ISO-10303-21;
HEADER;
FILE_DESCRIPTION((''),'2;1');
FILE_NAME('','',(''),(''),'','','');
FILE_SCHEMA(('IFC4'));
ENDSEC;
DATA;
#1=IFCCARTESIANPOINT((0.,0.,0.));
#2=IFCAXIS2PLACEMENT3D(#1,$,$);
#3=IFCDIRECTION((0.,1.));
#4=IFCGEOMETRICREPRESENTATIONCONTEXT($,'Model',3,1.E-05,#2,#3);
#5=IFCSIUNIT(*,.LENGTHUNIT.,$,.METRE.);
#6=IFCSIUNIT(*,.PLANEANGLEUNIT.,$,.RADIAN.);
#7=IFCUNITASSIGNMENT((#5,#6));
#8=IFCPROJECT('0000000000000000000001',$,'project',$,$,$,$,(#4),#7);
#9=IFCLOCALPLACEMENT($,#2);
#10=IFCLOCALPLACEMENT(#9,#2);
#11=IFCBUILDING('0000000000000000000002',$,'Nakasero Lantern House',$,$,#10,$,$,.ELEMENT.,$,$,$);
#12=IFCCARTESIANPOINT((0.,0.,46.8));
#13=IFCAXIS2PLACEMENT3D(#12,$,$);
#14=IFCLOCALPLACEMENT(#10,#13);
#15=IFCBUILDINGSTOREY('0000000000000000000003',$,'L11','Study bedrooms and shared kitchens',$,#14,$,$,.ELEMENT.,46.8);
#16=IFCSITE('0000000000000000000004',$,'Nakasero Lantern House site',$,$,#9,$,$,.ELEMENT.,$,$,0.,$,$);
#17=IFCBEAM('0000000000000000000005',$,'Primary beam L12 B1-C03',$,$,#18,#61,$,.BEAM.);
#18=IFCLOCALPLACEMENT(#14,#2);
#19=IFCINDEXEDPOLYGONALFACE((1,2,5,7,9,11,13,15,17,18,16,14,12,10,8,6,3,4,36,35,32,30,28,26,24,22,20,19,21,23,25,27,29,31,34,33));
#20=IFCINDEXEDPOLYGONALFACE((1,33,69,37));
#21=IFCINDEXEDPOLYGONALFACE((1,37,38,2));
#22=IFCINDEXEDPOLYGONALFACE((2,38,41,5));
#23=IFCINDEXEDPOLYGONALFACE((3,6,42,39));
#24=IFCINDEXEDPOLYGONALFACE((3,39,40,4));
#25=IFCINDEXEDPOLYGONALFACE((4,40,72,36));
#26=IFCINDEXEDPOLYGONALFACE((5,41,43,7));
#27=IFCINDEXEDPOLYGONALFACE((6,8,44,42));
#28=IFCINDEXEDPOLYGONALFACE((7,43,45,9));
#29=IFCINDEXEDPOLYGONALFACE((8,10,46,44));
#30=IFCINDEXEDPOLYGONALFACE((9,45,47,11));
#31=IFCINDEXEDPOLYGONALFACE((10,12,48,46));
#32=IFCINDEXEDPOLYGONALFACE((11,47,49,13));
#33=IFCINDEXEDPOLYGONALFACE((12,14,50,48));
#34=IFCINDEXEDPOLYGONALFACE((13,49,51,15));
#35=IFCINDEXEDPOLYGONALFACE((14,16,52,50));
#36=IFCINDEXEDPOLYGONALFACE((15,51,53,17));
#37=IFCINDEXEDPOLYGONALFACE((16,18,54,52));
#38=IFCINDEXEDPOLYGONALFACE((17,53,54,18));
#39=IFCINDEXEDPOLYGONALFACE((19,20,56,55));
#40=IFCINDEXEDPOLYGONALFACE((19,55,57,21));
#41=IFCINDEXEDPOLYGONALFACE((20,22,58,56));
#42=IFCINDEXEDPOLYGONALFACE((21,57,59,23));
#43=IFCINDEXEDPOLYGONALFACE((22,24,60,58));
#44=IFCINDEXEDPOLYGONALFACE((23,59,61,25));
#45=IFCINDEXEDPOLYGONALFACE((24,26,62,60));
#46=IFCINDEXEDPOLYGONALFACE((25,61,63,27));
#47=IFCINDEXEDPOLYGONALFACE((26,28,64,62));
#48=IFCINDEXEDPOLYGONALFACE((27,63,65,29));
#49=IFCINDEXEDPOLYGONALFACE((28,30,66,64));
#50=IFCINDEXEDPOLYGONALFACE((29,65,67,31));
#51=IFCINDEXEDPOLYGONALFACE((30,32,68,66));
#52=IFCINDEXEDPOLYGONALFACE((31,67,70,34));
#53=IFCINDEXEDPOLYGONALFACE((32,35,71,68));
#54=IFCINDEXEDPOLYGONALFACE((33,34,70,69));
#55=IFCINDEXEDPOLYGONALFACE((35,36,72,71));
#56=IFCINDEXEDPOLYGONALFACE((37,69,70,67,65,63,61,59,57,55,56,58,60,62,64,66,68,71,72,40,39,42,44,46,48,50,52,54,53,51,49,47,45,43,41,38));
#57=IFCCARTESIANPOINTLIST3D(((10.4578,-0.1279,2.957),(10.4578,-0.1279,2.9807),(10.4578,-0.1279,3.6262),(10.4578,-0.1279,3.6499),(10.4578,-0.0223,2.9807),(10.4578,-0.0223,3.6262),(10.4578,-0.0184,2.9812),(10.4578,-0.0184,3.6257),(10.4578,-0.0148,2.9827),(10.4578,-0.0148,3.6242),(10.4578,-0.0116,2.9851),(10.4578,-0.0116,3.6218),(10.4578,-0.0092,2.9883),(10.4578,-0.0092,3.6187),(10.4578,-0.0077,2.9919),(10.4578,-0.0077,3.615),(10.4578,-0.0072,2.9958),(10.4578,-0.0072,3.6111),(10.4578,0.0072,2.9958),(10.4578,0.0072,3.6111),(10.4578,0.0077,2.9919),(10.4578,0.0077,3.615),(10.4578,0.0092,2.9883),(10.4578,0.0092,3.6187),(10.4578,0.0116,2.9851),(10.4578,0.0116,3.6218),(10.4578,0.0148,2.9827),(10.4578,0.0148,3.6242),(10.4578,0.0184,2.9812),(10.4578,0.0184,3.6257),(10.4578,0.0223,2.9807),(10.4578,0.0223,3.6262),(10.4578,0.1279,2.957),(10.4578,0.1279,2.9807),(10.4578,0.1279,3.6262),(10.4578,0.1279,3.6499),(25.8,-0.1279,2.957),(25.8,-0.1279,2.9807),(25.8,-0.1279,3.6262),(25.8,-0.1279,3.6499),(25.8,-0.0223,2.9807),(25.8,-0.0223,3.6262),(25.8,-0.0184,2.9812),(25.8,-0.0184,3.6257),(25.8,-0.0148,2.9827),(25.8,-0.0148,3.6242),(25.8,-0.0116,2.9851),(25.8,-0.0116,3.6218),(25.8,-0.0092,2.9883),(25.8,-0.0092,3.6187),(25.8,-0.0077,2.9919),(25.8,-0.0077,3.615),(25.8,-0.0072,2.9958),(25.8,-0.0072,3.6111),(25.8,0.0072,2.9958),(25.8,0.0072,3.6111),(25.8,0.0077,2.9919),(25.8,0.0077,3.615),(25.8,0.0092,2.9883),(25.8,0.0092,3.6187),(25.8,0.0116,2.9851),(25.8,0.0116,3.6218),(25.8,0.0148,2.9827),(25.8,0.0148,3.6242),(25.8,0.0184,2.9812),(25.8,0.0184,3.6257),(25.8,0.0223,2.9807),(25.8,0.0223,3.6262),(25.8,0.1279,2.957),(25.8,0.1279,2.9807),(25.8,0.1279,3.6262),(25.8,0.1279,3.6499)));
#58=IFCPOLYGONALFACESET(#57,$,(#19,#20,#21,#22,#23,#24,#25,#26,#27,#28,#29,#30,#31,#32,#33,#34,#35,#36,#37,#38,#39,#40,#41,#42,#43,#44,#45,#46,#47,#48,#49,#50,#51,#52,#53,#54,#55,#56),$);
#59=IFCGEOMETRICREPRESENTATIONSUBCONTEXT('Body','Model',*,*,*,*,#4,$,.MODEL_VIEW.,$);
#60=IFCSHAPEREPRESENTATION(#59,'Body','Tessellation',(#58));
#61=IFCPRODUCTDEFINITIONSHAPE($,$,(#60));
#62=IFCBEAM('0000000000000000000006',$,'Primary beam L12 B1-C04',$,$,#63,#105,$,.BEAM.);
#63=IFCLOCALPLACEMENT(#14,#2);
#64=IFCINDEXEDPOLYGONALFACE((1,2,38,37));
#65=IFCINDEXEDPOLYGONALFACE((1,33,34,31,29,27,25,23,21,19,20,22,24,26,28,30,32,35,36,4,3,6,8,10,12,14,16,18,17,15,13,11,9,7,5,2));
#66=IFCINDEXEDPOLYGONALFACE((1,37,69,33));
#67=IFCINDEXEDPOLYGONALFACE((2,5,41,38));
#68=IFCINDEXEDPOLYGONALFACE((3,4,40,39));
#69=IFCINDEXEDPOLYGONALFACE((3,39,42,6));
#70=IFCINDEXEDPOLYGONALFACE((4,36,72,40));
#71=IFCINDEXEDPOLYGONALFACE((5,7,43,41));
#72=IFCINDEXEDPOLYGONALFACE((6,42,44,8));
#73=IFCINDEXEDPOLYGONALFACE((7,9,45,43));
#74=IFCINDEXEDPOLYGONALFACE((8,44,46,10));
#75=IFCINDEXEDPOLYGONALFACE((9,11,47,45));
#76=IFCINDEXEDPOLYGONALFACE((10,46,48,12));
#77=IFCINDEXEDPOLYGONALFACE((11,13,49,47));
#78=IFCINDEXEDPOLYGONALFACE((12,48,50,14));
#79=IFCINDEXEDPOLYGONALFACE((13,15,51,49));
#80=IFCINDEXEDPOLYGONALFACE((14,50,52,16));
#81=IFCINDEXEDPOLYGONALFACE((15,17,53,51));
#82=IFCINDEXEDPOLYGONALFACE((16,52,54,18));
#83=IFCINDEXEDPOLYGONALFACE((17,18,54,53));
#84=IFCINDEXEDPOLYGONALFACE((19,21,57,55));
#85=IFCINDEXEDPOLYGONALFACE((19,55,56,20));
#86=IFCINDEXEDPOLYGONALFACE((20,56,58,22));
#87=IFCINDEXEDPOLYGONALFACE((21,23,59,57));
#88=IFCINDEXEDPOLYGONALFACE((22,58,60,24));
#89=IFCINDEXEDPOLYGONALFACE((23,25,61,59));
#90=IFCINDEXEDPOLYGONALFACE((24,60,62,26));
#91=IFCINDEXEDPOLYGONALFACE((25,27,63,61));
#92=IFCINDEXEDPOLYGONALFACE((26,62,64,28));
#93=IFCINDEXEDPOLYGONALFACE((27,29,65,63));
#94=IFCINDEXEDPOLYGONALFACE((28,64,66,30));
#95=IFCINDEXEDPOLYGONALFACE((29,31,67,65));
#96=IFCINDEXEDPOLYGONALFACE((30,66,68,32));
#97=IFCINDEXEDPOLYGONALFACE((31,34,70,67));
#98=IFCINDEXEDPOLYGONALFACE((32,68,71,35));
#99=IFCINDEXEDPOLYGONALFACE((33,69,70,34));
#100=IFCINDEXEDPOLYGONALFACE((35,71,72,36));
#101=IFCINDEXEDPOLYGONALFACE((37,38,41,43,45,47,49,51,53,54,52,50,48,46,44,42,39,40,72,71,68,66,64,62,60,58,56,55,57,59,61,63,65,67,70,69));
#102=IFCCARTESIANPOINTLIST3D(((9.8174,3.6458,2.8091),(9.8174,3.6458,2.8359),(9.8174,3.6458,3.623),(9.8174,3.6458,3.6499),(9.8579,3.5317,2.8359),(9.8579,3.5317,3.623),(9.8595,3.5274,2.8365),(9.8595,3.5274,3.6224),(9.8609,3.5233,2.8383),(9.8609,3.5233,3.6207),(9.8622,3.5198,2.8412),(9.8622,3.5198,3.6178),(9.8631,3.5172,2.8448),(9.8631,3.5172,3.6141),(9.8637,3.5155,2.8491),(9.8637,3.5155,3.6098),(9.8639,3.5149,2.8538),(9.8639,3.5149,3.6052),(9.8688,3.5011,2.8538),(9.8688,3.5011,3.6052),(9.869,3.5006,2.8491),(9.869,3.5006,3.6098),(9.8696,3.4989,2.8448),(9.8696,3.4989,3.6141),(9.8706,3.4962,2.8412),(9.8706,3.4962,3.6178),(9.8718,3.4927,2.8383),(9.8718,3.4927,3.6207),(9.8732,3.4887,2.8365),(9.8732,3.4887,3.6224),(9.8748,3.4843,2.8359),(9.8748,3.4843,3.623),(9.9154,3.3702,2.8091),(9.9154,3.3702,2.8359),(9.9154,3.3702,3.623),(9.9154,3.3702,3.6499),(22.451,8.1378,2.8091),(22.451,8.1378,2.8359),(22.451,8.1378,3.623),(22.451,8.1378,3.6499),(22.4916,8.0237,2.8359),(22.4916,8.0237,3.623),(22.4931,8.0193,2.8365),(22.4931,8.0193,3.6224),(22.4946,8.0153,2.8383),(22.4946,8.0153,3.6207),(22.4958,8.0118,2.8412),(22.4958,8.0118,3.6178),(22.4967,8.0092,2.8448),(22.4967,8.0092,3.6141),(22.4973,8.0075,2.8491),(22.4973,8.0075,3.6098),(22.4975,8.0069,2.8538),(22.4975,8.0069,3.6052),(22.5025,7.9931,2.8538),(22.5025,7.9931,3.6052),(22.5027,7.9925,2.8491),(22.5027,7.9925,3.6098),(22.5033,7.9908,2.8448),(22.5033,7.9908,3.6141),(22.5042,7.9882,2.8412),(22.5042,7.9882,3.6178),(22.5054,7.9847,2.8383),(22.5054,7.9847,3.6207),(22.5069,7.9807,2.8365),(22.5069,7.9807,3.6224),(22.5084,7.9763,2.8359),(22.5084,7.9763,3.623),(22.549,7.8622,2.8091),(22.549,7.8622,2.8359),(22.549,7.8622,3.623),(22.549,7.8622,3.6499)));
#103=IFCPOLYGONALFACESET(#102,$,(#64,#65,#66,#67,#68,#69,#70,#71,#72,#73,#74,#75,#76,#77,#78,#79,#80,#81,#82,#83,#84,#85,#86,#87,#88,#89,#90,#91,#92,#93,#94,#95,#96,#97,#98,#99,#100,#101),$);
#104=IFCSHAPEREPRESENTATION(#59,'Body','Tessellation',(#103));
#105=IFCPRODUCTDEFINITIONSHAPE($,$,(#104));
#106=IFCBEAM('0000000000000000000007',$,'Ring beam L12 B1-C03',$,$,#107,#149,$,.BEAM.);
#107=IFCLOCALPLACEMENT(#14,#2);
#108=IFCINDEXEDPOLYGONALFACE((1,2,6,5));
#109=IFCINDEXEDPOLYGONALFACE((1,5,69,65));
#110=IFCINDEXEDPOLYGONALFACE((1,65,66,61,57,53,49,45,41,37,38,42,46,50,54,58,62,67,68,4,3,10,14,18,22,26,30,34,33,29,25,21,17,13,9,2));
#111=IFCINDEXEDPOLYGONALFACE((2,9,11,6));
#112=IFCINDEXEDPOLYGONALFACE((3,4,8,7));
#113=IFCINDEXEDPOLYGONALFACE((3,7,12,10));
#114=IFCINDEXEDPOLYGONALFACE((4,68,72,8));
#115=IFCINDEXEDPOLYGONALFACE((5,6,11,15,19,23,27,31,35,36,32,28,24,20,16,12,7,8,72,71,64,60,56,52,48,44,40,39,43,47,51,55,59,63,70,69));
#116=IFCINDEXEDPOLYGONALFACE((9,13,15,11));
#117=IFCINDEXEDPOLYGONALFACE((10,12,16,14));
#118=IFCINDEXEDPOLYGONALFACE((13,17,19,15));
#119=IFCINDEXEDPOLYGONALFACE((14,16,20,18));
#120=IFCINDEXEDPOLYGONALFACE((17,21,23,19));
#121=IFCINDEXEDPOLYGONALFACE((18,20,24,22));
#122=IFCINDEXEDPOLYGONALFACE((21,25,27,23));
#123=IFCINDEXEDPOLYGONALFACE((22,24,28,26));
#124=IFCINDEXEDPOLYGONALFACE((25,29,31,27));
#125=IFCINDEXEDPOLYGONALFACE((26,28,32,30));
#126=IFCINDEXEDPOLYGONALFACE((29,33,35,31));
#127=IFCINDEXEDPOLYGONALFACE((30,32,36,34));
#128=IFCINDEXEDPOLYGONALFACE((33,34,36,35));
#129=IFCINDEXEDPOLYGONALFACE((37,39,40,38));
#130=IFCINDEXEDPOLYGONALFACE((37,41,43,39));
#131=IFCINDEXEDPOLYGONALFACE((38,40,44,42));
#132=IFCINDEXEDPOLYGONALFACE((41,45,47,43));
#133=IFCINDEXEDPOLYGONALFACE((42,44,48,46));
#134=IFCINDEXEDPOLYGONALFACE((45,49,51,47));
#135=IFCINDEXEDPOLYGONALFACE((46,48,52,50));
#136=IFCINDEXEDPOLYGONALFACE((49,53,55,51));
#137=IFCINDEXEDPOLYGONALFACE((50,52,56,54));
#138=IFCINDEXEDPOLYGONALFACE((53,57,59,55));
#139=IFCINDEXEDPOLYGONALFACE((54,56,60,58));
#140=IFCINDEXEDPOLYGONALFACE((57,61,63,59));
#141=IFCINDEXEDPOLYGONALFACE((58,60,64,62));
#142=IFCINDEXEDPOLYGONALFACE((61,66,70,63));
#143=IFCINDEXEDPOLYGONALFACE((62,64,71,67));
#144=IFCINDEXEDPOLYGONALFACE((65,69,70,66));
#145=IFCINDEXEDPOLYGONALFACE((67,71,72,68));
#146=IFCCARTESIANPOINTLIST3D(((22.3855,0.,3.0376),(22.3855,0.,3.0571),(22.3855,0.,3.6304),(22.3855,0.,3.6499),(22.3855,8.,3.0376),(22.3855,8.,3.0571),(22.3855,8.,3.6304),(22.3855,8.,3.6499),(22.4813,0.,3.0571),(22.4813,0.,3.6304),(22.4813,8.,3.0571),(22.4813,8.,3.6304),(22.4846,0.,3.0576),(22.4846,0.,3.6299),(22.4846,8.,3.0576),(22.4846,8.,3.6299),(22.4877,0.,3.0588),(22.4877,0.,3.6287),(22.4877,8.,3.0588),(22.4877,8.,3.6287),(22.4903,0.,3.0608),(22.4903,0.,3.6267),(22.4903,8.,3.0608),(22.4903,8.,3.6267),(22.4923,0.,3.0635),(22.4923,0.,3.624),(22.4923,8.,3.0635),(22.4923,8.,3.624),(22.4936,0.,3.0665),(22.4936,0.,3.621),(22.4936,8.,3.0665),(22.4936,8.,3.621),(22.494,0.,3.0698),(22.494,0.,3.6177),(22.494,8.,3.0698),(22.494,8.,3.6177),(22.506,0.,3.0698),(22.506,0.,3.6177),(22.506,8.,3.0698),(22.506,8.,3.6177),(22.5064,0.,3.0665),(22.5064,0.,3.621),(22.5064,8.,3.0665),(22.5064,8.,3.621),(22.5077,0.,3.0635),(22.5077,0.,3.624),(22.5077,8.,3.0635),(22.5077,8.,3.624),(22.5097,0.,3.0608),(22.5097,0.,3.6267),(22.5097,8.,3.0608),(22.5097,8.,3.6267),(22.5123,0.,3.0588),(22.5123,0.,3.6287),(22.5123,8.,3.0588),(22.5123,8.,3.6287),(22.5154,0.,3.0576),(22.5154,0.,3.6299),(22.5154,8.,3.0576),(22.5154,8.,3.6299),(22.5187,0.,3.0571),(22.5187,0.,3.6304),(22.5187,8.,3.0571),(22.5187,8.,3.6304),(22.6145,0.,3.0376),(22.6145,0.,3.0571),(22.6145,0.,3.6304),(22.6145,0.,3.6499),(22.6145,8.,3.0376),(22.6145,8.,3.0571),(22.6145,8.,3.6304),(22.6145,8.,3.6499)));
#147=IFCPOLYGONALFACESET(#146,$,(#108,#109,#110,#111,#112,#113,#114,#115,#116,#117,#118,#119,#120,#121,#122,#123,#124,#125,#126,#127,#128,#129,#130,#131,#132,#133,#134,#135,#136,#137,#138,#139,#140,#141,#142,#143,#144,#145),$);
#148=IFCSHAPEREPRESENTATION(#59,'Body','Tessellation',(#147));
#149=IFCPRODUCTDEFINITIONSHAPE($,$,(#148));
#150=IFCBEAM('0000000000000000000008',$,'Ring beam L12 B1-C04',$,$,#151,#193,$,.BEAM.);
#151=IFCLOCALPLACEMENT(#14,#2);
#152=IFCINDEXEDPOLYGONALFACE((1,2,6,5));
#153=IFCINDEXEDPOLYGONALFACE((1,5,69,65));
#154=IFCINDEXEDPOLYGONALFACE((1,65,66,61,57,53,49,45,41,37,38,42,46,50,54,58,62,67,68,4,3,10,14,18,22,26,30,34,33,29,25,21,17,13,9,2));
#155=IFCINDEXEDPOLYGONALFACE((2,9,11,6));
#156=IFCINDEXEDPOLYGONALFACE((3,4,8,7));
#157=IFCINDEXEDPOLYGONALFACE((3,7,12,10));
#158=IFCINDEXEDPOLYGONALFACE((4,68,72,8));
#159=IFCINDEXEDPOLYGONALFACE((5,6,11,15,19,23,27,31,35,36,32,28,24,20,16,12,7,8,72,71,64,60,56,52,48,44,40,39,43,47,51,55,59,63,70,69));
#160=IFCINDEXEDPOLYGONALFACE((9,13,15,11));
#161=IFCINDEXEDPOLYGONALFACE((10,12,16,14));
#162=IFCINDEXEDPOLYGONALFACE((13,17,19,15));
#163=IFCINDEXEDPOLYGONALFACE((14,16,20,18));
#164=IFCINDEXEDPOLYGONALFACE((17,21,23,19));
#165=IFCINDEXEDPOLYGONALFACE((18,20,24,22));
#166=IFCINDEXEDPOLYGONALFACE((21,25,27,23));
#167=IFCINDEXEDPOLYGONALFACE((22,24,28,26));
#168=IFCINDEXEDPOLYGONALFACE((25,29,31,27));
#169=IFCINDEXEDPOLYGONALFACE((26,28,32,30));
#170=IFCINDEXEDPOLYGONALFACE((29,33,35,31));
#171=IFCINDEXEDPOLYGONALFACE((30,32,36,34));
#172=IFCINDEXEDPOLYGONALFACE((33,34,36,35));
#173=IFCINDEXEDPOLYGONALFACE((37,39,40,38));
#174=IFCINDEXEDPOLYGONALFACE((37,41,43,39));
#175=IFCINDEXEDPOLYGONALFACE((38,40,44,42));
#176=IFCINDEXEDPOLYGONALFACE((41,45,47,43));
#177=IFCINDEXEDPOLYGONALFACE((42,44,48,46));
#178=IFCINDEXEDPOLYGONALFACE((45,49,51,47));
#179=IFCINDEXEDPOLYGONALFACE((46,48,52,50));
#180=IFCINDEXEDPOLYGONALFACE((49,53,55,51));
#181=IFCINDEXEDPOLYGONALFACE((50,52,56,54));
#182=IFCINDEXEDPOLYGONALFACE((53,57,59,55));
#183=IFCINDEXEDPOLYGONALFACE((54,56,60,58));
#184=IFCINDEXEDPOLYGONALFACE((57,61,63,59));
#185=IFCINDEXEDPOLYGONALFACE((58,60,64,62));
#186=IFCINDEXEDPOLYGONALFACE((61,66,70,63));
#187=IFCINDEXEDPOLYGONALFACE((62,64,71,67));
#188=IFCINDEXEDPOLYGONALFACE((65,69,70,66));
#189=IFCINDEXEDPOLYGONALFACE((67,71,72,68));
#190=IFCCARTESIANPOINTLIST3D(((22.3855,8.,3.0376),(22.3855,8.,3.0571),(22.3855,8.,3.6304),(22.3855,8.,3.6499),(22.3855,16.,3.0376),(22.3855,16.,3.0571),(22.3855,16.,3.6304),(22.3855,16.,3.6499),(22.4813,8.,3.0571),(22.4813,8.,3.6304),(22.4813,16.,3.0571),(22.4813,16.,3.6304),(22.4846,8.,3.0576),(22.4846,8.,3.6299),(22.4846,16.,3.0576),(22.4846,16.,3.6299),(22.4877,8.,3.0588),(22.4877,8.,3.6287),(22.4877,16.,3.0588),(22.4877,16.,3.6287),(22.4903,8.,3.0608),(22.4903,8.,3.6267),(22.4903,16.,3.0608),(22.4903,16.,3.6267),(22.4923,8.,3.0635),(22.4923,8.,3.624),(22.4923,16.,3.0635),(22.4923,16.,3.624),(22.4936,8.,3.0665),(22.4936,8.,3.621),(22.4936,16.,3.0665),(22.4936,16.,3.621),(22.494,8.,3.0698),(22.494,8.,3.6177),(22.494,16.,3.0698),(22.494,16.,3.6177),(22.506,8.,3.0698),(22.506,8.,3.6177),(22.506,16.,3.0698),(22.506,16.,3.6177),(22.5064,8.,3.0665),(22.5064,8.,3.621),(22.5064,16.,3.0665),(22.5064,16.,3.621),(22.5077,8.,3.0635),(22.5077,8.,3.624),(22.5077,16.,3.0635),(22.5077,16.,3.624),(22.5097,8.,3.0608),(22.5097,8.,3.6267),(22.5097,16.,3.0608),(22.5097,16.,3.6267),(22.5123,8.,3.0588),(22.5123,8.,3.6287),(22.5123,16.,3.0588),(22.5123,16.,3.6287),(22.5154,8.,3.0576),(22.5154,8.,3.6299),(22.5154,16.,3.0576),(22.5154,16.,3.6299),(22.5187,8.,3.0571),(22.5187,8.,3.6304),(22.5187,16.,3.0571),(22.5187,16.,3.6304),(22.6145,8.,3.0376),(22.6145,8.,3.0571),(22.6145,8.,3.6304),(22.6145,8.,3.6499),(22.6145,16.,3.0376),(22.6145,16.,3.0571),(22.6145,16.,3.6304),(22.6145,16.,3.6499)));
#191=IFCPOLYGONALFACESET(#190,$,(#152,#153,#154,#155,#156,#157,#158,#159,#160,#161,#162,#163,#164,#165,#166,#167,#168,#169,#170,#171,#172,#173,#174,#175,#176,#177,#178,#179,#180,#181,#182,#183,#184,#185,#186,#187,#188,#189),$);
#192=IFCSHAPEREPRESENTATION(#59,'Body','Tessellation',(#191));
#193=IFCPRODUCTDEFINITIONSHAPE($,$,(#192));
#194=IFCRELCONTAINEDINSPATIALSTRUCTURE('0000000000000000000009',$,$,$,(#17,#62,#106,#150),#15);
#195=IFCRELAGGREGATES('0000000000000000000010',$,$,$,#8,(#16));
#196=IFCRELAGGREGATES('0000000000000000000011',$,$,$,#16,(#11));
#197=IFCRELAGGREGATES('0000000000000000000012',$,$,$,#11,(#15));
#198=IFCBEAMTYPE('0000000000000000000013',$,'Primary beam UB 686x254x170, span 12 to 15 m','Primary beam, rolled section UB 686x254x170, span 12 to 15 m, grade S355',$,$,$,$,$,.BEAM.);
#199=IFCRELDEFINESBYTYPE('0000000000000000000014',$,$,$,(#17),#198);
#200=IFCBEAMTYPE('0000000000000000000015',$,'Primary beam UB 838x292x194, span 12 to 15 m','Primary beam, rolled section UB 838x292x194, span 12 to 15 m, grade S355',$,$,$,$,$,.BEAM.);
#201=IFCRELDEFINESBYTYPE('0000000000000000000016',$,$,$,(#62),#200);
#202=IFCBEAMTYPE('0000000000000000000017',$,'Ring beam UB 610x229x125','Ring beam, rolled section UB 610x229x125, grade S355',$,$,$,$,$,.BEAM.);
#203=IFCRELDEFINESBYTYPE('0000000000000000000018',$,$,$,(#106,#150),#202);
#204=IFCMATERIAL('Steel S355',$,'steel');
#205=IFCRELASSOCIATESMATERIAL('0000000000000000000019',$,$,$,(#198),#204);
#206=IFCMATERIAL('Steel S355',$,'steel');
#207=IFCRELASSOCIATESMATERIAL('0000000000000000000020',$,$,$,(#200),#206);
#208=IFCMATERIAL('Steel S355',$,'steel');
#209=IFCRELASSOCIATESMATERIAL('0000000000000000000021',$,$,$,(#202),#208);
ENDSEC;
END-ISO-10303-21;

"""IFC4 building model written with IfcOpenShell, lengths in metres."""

from ifc_helpers import new_model, si_unit, direction, frame, origin, origin_2d, place, context, subcontext, project, spatial, i_section, extrude, material, material_profile, profile_set, type_object, element, save


model = new_model("IFC4")

# Units and contexts
model_context = context("Model", 3, precision=1e-05, world=origin(), true_north=direction((0.0, 1.0)))
body_context = subcontext(model_context, "Body", "Model", "MODEL_VIEW")
ifc_project = project(units=[si_unit("LENGTHUNIT", "METRE"), si_unit("PLANEANGLEUNIT", "RADIAN")], contexts=[model_context])

# Site, building, storey
site_placement = place(None, origin())
site = spatial("IfcSite", under=ifc_project, at=site_placement, Name="Nakasero Lantern House site", CompositionType="ELEMENT", RefElevation=0.0)
building_placement = place(site_placement, origin())
building = spatial("IfcBuilding", under=site, at=building_placement, Name="Nakasero Lantern House", CompositionType="ELEMENT")
storey_placement = place(building_placement, frame((0.0, 0.0, 46.8)))
storey = spatial("IfcBuildingStorey", under=building, at=storey_placement, Name="L11", Description="Study bedrooms and shared kitchens", CompositionType="ELEMENT", Elevation=46.8)

# Beams
ifc_material_1 = material(Name="Steel S355", Category="steel")
ifc_material_profile_1 = material_profile(ifc_material_1, i_section(OverallWidth=0.2559, OverallDepth=0.6929, WebThickness=0.0144, FlangeThickness=0.0237, FilletRadius=0.0151, at=origin_2d()), Name="UB 686x254x170")
ifc_profile_set_1 = profile_set([ifc_material_profile_1], Name="Steel S355")
beam_type_1 = type_object("IfcBeamType", Name="Primary beam UB 686x254x170, span 12 to 15 m", Description="Primary beam, rolled section UB 686x254x170, span 12 to 15 m, grade S355", PredefinedType="BEAM", material=ifc_profile_set_1)
beam_1_placement = place(storey_placement, frame((25.8, 0.0, 3.3035), z_axis=(-1.0, 0.0, 0.0), x_axis=(0.0, -1.0, 0.0)))
element("IfcBeam", 1, at=beam_1_placement, inside=storey, type_object=beam_type_1, Name="Primary beam L12 B1-C03", PredefinedType="BEAM", context=body_context, shape_type="SweptSolid", body=[
    extrude(i_section(OverallWidth=0.2559, OverallDepth=0.6929, WebThickness=0.0144, FlangeThickness=0.0237, FilletRadius=0.0151, at=origin_2d()), origin(), (0.0, 0.0, 1.0), 15.3423),
])
ifc_material_2 = material(Name="Steel S355", Category="steel")
ifc_material_profile_2 = material_profile(ifc_material_2, i_section(OverallWidth=0.2925, OverallDepth=0.8408, WebThickness=0.0146, FlangeThickness=0.0269, FilletRadius=0.0178, at=origin_2d()), Name="UB 838x292x194")
ifc_profile_set_2 = profile_set([ifc_material_profile_2], Name="Steel S355")
beam_type_2 = type_object("IfcBeamType", Name="Primary beam UB 838x292x194, span 12 to 15 m", Description="Primary beam, rolled section UB 838x292x194, span 12 to 15 m, grade S355", PredefinedType="BEAM", material=ifc_profile_set_2)
beam_2_placement = place(storey_placement, frame((22.5, 8.0, 3.2295), z_axis=(-0.942214, -0.335011, 0.0), x_axis=(0.335011, -0.942214, 0.0)))
element("IfcBeam", 2, at=beam_2_placement, inside=storey, type_object=beam_type_2, Name="Primary beam L12 B1-C04", PredefinedType="BEAM", context=body_context, shape_type="SweptSolid", body=[
    extrude(i_section(OverallWidth=0.2925, OverallDepth=0.8408, WebThickness=0.0146, FlangeThickness=0.0269, FilletRadius=0.0178, at=origin_2d()), origin(), (0.0, 0.0, 1.0), 13.4084),
])
ifc_material_3 = material(Name="Steel S355", Category="steel")
ifc_material_profile_3 = material_profile(ifc_material_3, i_section(OverallWidth=0.229, OverallDepth=0.6123, WebThickness=0.012, FlangeThickness=0.0195, FilletRadius=0.0127, at=origin_2d()), Name="UB 610x229x125")
ifc_profile_set_3 = profile_set([ifc_material_profile_3], Name="Steel S355")
beam_type_3 = type_object("IfcBeamType", Name="Ring beam UB 610x229x125", Description="Ring beam, rolled section UB 610x229x125, grade S355", PredefinedType="BEAM", material=ifc_profile_set_3)
for number, where, z_axis, x_axis, name in (
    (3, (22.5, 0.0, 3.3438), (0.0, 1.0, 0.0), (-1.0, 0.0, 0.0), "Ring beam L12 B1-C03"),
    (4, (22.5, 8.0, 3.3438), (0.0, 1.0, 0.0), (-1.0, 0.0, 0.0), "Ring beam L12 B1-C04"),
):
    element("IfcBeam", number, at=place(storey_placement, frame(where, z_axis=z_axis, x_axis=x_axis)), inside=storey, type_object=beam_type_3, Name=name, PredefinedType="BEAM", context=body_context, shape_type="SweptSolid", body=[
        extrude(i_section(OverallWidth=0.229, OverallDepth=0.6123, WebThickness=0.012, FlangeThickness=0.0195, FilletRadius=0.0127, at=origin_2d()), origin(), (0.0, 0.0, 1.0), 8.0),
    ])

save(model, "model.ifc")
